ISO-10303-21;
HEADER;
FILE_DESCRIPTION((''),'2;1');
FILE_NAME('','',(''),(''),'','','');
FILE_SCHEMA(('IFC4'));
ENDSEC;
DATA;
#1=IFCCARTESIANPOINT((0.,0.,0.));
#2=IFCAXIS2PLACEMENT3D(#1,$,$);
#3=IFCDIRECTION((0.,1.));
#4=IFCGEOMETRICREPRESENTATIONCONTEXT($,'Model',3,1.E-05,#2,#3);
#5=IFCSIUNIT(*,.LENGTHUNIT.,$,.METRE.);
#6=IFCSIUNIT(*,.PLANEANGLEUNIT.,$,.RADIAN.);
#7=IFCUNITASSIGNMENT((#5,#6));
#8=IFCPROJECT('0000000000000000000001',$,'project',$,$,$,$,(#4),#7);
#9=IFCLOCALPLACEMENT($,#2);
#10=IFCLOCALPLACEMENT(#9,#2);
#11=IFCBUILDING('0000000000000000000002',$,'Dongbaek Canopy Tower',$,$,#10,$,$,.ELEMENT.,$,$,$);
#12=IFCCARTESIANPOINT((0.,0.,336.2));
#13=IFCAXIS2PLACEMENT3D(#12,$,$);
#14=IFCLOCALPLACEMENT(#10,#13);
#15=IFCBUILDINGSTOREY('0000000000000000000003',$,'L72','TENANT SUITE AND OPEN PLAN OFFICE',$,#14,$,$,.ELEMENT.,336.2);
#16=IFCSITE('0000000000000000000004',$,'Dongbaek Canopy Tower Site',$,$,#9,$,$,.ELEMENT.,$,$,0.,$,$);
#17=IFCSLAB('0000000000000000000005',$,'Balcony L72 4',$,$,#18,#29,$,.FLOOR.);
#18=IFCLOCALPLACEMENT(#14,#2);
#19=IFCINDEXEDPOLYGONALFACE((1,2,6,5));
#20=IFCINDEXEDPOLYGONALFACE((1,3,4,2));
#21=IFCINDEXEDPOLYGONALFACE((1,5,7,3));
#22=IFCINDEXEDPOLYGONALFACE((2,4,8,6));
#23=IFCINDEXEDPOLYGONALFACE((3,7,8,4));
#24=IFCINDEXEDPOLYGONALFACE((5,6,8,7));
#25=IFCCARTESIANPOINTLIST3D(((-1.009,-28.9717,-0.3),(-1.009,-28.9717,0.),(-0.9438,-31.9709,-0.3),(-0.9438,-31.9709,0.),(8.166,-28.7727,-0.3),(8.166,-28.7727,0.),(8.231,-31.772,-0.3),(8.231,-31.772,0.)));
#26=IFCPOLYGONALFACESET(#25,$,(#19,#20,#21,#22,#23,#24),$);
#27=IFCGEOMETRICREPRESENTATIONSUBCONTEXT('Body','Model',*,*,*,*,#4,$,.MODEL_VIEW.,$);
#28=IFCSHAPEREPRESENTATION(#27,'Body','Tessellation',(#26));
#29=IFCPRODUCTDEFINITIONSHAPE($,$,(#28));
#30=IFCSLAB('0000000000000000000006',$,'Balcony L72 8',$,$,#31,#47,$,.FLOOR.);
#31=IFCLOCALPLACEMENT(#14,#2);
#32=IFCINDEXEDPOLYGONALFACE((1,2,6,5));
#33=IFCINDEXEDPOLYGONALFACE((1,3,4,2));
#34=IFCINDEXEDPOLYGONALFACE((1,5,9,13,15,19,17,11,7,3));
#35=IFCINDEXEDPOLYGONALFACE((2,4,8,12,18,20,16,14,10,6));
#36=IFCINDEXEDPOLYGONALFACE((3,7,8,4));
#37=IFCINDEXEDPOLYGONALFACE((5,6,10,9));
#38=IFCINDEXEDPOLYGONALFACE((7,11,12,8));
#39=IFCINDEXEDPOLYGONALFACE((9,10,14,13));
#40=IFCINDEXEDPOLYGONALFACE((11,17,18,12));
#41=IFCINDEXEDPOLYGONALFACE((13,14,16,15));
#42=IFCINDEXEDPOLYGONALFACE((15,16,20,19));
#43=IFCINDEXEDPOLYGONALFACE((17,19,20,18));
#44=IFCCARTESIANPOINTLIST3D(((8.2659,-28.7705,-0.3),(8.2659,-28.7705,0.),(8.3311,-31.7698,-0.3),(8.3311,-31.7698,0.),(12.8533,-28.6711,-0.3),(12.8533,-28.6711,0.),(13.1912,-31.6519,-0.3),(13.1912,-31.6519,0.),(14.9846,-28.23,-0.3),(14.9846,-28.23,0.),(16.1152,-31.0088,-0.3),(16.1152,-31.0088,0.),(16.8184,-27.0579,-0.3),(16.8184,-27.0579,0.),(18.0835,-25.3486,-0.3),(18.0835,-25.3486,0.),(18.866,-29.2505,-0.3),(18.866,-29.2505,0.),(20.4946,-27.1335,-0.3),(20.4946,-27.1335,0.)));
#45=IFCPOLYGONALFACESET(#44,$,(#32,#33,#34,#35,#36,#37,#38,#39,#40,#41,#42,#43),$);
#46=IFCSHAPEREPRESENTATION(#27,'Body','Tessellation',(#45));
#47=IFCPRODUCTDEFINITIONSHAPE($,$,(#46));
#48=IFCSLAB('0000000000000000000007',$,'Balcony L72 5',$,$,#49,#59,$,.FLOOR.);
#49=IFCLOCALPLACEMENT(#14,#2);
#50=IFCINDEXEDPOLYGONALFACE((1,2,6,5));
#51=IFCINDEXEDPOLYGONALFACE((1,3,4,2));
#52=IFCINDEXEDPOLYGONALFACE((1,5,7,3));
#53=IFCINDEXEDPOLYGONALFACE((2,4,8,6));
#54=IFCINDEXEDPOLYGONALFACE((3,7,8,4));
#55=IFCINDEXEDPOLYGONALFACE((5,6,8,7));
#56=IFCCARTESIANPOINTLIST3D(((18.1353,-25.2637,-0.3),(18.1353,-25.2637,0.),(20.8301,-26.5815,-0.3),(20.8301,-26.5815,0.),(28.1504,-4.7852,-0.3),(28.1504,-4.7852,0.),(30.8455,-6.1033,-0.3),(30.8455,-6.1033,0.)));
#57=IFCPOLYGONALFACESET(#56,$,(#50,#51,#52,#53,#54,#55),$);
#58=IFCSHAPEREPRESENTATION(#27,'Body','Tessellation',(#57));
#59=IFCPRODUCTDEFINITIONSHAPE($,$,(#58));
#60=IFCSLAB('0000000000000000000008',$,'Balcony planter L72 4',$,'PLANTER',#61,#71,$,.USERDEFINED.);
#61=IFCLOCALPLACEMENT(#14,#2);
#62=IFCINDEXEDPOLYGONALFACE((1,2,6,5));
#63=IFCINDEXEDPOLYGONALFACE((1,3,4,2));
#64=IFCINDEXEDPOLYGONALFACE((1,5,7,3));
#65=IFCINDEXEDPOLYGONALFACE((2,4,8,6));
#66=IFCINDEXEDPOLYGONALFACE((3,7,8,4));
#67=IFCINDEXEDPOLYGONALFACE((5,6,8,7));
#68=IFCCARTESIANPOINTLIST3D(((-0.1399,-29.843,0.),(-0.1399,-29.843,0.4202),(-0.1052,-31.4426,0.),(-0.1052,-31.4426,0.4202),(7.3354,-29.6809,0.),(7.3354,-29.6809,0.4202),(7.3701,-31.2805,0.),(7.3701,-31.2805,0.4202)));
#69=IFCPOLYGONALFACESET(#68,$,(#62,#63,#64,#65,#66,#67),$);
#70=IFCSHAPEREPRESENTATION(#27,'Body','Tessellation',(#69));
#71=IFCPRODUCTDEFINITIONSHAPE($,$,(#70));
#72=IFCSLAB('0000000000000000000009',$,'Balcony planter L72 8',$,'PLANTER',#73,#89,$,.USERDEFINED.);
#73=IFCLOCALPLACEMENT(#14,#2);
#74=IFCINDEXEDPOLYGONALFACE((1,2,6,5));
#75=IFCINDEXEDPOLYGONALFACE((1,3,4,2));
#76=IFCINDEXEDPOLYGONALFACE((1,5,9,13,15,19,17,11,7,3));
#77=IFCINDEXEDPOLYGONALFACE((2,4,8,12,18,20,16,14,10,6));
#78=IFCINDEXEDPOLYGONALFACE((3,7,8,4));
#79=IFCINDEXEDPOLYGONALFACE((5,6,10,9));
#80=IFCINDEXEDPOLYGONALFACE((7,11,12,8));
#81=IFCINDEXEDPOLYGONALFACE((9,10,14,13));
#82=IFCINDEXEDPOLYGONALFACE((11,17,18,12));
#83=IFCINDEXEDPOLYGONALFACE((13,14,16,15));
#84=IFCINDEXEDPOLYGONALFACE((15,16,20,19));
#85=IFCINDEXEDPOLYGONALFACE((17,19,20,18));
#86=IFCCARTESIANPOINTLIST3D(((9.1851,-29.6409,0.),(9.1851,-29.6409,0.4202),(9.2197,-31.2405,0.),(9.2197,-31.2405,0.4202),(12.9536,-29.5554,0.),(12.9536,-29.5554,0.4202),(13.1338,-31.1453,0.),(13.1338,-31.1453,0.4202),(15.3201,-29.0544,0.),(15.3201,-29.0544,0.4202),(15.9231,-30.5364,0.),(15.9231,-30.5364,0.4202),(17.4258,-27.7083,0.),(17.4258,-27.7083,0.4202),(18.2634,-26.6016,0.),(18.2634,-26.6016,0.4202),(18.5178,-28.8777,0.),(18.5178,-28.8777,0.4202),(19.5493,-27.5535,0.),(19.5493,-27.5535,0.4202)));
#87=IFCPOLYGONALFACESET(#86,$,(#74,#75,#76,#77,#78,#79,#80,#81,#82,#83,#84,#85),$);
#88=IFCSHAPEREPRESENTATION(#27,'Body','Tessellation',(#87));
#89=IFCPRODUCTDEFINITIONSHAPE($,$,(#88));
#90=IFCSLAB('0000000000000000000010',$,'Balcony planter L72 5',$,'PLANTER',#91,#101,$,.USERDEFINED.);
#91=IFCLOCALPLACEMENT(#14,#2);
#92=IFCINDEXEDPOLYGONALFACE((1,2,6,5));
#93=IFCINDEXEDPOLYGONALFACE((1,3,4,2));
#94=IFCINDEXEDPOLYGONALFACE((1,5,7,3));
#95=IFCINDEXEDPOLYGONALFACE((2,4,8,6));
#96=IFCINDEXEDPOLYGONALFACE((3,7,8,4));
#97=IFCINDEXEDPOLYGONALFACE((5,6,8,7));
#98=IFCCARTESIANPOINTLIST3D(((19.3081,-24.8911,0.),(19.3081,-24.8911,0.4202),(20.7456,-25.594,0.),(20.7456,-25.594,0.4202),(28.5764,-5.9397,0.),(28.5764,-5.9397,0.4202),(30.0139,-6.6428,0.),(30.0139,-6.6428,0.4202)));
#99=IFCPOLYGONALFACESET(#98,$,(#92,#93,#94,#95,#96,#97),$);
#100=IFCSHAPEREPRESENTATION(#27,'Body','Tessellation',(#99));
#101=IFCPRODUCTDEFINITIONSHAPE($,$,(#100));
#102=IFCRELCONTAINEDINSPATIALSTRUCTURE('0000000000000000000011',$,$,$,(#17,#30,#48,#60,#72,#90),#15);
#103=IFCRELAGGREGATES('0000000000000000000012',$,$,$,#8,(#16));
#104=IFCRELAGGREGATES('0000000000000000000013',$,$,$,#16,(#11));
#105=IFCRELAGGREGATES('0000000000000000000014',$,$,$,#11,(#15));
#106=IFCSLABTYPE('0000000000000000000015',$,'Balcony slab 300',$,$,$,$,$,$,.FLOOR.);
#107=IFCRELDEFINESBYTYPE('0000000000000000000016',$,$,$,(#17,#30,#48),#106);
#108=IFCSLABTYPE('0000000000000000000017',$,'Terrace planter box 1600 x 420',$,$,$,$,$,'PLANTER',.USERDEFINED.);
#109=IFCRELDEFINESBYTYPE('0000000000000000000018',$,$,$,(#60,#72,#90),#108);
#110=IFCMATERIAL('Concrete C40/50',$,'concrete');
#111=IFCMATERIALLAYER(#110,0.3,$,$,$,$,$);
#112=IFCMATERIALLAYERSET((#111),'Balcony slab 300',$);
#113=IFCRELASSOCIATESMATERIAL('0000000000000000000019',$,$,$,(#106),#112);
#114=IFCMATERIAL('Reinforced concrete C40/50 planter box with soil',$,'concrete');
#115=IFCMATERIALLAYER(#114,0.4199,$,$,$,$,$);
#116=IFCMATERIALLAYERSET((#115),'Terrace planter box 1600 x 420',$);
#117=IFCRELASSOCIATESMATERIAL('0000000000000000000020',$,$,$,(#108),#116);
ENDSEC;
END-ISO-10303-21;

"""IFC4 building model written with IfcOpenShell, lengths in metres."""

from ifc_helpers import new_model, si_unit, direction, frame, origin, place, context, subcontext, project, spatial, polyline, outline, extrude, material, layer, layer_set, type_object, element, save


model = new_model("IFC4")

# Units and contexts
model_context = context("Model", 3, precision=1e-05, world=origin(), true_north=direction((0.0, 1.0)))
body_context = subcontext(model_context, "Body", "Model", "MODEL_VIEW")
ifc_project = project(units=[si_unit("LENGTHUNIT", "METRE"), si_unit("PLANEANGLEUNIT", "RADIAN")], contexts=[model_context])

# Site, building, storey
site_placement = place(None, origin())
site = spatial("IfcSite", under=ifc_project, at=site_placement, Name="Dongbaek Canopy Tower Site", CompositionType="ELEMENT", RefElevation=0.0)
building_placement = place(site_placement, origin())
building = spatial("IfcBuilding", under=site, at=building_placement, Name="Dongbaek Canopy Tower", CompositionType="ELEMENT")
storey_placement = place(building_placement, frame((0.0, 0.0, 336.2)))
storey = spatial("IfcBuildingStorey", under=building, at=storey_placement, Name="L72", Description="TENANT SUITE AND OPEN PLAN OFFICE", CompositionType="ELEMENT", Elevation=336.2)

# Slabs
ifc_material_1 = material(Name="Concrete C40/50", Category="concrete")
ifc_layer_1 = layer(ifc_material_1, 0.3)
ifc_layer_set_1 = layer_set([ifc_layer_1], Name="Balcony slab 300")
slab_type_1 = type_object("IfcSlabType", Name="Balcony slab 300", PredefinedType="FLOOR", material=ifc_layer_set_1)
slab_1_placement = place(storey_placement, frame((0.0, 0.0, -0.3)))
element("IfcSlab", 1, at=slab_1_placement, inside=storey, type_object=slab_type_1, Name="Balcony L72 4", PredefinedType="FLOOR", context=body_context, shape_type="SweptSolid", body=[
    extrude(outline(polyline([(-1.009, -28.9717), (8.166, -28.7727), (8.231, -31.772), (-0.9438, -31.9709), (-1.009, -28.9717)])), origin(), (0.0, 0.0, 1.0), 0.3),
])
slab_2_placement = place(storey_placement, frame((0.0, 0.0, -0.3)))
element("IfcSlab", 2, at=slab_2_placement, inside=storey, type_object=slab_type_1, Name="Balcony L72 8", PredefinedType="FLOOR", context=body_context, shape_type="SweptSolid", body=[
    extrude(outline(polyline([(8.2659, -28.7705), (12.8533, -28.6711), (14.9846, -28.23), (16.8184, -27.0579), (18.0835, -25.3486), (20.4946, -27.1335), (18.866, -29.2505), (16.1152, -31.0088), (13.1912, -31.6519), (8.3311, -31.7698), (8.2659, -28.7705)])), origin(), (0.0, 0.0, 1.0), 0.3),
])
slab_3_placement = place(storey_placement, frame((0.0, 0.0, -0.3)))
element("IfcSlab", 3, at=slab_3_placement, inside=storey, type_object=slab_type_1, Name="Balcony L72 5", PredefinedType="FLOOR", context=body_context, shape_type="SweptSolid", body=[
    extrude(outline(polyline([(18.1353, -25.2637), (28.1504, -4.7852), (30.8455, -6.1033), (20.8301, -26.5815), (18.1353, -25.2637)])), origin(), (0.0, 0.0, 1.0), 0.3),
])
ifc_material_2 = material(Name="Reinforced concrete C40/50 planter box with soil", Category="concrete")
ifc_layer_2 = layer(ifc_material_2, 0.4199)
ifc_layer_set_2 = layer_set([ifc_layer_2], Name="Terrace planter box 1600 x 420")
slab_type_2 = type_object("IfcSlabType", Name="Terrace planter box 1600 x 420", ElementType="PLANTER", PredefinedType="USERDEFINED", material=ifc_layer_set_2)
slab_4_placement = place(storey_placement, origin())
element("IfcSlab", 4, at=slab_4_placement, inside=storey, type_object=slab_type_2, Name="Balcony planter L72 4", ObjectType="PLANTER", PredefinedType="USERDEFINED", context=body_context, shape_type="SweptSolid", body=[
    extrude(outline(polyline([(-0.1399, -29.843), (7.3354, -29.6809), (7.3701, -31.2805), (-0.1052, -31.4426), (-0.1399, -29.843)])), origin(), (0.0, 0.0, 1.0), 0.4202),
])
slab_5_placement = place(storey_placement, origin())
element("IfcSlab", 5, at=slab_5_placement, inside=storey, type_object=slab_type_2, Name="Balcony planter L72 8", ObjectType="PLANTER", PredefinedType="USERDEFINED", context=body_context, shape_type="SweptSolid", body=[
    extrude(outline(polyline([(9.1851, -29.6409), (12.9536, -29.5554), (15.3201, -29.0544), (17.4258, -27.7083), (18.2634, -26.6016), (19.5493, -27.5535), (18.5178, -28.8777), (15.9231, -30.5364), (13.1338, -31.1453), (9.2197, -31.2405), (9.1851, -29.6409)])), origin(), (0.0, 0.0, 1.0), 0.4202),
])
slab_6_placement = place(storey_placement, origin())
element("IfcSlab", 6, at=slab_6_placement, inside=storey, type_object=slab_type_2, Name="Balcony planter L72 5", ObjectType="PLANTER", PredefinedType="USERDEFINED", context=body_context, shape_type="SweptSolid", body=[
    extrude(outline(polyline([(19.3081, -24.8911), (28.5764, -5.9397), (30.0139, -6.6428), (20.7456, -25.594), (19.3081, -24.8911)])), origin(), (0.0, 0.0, 1.0), 0.4202),
])

save(model, "model.ifc")
